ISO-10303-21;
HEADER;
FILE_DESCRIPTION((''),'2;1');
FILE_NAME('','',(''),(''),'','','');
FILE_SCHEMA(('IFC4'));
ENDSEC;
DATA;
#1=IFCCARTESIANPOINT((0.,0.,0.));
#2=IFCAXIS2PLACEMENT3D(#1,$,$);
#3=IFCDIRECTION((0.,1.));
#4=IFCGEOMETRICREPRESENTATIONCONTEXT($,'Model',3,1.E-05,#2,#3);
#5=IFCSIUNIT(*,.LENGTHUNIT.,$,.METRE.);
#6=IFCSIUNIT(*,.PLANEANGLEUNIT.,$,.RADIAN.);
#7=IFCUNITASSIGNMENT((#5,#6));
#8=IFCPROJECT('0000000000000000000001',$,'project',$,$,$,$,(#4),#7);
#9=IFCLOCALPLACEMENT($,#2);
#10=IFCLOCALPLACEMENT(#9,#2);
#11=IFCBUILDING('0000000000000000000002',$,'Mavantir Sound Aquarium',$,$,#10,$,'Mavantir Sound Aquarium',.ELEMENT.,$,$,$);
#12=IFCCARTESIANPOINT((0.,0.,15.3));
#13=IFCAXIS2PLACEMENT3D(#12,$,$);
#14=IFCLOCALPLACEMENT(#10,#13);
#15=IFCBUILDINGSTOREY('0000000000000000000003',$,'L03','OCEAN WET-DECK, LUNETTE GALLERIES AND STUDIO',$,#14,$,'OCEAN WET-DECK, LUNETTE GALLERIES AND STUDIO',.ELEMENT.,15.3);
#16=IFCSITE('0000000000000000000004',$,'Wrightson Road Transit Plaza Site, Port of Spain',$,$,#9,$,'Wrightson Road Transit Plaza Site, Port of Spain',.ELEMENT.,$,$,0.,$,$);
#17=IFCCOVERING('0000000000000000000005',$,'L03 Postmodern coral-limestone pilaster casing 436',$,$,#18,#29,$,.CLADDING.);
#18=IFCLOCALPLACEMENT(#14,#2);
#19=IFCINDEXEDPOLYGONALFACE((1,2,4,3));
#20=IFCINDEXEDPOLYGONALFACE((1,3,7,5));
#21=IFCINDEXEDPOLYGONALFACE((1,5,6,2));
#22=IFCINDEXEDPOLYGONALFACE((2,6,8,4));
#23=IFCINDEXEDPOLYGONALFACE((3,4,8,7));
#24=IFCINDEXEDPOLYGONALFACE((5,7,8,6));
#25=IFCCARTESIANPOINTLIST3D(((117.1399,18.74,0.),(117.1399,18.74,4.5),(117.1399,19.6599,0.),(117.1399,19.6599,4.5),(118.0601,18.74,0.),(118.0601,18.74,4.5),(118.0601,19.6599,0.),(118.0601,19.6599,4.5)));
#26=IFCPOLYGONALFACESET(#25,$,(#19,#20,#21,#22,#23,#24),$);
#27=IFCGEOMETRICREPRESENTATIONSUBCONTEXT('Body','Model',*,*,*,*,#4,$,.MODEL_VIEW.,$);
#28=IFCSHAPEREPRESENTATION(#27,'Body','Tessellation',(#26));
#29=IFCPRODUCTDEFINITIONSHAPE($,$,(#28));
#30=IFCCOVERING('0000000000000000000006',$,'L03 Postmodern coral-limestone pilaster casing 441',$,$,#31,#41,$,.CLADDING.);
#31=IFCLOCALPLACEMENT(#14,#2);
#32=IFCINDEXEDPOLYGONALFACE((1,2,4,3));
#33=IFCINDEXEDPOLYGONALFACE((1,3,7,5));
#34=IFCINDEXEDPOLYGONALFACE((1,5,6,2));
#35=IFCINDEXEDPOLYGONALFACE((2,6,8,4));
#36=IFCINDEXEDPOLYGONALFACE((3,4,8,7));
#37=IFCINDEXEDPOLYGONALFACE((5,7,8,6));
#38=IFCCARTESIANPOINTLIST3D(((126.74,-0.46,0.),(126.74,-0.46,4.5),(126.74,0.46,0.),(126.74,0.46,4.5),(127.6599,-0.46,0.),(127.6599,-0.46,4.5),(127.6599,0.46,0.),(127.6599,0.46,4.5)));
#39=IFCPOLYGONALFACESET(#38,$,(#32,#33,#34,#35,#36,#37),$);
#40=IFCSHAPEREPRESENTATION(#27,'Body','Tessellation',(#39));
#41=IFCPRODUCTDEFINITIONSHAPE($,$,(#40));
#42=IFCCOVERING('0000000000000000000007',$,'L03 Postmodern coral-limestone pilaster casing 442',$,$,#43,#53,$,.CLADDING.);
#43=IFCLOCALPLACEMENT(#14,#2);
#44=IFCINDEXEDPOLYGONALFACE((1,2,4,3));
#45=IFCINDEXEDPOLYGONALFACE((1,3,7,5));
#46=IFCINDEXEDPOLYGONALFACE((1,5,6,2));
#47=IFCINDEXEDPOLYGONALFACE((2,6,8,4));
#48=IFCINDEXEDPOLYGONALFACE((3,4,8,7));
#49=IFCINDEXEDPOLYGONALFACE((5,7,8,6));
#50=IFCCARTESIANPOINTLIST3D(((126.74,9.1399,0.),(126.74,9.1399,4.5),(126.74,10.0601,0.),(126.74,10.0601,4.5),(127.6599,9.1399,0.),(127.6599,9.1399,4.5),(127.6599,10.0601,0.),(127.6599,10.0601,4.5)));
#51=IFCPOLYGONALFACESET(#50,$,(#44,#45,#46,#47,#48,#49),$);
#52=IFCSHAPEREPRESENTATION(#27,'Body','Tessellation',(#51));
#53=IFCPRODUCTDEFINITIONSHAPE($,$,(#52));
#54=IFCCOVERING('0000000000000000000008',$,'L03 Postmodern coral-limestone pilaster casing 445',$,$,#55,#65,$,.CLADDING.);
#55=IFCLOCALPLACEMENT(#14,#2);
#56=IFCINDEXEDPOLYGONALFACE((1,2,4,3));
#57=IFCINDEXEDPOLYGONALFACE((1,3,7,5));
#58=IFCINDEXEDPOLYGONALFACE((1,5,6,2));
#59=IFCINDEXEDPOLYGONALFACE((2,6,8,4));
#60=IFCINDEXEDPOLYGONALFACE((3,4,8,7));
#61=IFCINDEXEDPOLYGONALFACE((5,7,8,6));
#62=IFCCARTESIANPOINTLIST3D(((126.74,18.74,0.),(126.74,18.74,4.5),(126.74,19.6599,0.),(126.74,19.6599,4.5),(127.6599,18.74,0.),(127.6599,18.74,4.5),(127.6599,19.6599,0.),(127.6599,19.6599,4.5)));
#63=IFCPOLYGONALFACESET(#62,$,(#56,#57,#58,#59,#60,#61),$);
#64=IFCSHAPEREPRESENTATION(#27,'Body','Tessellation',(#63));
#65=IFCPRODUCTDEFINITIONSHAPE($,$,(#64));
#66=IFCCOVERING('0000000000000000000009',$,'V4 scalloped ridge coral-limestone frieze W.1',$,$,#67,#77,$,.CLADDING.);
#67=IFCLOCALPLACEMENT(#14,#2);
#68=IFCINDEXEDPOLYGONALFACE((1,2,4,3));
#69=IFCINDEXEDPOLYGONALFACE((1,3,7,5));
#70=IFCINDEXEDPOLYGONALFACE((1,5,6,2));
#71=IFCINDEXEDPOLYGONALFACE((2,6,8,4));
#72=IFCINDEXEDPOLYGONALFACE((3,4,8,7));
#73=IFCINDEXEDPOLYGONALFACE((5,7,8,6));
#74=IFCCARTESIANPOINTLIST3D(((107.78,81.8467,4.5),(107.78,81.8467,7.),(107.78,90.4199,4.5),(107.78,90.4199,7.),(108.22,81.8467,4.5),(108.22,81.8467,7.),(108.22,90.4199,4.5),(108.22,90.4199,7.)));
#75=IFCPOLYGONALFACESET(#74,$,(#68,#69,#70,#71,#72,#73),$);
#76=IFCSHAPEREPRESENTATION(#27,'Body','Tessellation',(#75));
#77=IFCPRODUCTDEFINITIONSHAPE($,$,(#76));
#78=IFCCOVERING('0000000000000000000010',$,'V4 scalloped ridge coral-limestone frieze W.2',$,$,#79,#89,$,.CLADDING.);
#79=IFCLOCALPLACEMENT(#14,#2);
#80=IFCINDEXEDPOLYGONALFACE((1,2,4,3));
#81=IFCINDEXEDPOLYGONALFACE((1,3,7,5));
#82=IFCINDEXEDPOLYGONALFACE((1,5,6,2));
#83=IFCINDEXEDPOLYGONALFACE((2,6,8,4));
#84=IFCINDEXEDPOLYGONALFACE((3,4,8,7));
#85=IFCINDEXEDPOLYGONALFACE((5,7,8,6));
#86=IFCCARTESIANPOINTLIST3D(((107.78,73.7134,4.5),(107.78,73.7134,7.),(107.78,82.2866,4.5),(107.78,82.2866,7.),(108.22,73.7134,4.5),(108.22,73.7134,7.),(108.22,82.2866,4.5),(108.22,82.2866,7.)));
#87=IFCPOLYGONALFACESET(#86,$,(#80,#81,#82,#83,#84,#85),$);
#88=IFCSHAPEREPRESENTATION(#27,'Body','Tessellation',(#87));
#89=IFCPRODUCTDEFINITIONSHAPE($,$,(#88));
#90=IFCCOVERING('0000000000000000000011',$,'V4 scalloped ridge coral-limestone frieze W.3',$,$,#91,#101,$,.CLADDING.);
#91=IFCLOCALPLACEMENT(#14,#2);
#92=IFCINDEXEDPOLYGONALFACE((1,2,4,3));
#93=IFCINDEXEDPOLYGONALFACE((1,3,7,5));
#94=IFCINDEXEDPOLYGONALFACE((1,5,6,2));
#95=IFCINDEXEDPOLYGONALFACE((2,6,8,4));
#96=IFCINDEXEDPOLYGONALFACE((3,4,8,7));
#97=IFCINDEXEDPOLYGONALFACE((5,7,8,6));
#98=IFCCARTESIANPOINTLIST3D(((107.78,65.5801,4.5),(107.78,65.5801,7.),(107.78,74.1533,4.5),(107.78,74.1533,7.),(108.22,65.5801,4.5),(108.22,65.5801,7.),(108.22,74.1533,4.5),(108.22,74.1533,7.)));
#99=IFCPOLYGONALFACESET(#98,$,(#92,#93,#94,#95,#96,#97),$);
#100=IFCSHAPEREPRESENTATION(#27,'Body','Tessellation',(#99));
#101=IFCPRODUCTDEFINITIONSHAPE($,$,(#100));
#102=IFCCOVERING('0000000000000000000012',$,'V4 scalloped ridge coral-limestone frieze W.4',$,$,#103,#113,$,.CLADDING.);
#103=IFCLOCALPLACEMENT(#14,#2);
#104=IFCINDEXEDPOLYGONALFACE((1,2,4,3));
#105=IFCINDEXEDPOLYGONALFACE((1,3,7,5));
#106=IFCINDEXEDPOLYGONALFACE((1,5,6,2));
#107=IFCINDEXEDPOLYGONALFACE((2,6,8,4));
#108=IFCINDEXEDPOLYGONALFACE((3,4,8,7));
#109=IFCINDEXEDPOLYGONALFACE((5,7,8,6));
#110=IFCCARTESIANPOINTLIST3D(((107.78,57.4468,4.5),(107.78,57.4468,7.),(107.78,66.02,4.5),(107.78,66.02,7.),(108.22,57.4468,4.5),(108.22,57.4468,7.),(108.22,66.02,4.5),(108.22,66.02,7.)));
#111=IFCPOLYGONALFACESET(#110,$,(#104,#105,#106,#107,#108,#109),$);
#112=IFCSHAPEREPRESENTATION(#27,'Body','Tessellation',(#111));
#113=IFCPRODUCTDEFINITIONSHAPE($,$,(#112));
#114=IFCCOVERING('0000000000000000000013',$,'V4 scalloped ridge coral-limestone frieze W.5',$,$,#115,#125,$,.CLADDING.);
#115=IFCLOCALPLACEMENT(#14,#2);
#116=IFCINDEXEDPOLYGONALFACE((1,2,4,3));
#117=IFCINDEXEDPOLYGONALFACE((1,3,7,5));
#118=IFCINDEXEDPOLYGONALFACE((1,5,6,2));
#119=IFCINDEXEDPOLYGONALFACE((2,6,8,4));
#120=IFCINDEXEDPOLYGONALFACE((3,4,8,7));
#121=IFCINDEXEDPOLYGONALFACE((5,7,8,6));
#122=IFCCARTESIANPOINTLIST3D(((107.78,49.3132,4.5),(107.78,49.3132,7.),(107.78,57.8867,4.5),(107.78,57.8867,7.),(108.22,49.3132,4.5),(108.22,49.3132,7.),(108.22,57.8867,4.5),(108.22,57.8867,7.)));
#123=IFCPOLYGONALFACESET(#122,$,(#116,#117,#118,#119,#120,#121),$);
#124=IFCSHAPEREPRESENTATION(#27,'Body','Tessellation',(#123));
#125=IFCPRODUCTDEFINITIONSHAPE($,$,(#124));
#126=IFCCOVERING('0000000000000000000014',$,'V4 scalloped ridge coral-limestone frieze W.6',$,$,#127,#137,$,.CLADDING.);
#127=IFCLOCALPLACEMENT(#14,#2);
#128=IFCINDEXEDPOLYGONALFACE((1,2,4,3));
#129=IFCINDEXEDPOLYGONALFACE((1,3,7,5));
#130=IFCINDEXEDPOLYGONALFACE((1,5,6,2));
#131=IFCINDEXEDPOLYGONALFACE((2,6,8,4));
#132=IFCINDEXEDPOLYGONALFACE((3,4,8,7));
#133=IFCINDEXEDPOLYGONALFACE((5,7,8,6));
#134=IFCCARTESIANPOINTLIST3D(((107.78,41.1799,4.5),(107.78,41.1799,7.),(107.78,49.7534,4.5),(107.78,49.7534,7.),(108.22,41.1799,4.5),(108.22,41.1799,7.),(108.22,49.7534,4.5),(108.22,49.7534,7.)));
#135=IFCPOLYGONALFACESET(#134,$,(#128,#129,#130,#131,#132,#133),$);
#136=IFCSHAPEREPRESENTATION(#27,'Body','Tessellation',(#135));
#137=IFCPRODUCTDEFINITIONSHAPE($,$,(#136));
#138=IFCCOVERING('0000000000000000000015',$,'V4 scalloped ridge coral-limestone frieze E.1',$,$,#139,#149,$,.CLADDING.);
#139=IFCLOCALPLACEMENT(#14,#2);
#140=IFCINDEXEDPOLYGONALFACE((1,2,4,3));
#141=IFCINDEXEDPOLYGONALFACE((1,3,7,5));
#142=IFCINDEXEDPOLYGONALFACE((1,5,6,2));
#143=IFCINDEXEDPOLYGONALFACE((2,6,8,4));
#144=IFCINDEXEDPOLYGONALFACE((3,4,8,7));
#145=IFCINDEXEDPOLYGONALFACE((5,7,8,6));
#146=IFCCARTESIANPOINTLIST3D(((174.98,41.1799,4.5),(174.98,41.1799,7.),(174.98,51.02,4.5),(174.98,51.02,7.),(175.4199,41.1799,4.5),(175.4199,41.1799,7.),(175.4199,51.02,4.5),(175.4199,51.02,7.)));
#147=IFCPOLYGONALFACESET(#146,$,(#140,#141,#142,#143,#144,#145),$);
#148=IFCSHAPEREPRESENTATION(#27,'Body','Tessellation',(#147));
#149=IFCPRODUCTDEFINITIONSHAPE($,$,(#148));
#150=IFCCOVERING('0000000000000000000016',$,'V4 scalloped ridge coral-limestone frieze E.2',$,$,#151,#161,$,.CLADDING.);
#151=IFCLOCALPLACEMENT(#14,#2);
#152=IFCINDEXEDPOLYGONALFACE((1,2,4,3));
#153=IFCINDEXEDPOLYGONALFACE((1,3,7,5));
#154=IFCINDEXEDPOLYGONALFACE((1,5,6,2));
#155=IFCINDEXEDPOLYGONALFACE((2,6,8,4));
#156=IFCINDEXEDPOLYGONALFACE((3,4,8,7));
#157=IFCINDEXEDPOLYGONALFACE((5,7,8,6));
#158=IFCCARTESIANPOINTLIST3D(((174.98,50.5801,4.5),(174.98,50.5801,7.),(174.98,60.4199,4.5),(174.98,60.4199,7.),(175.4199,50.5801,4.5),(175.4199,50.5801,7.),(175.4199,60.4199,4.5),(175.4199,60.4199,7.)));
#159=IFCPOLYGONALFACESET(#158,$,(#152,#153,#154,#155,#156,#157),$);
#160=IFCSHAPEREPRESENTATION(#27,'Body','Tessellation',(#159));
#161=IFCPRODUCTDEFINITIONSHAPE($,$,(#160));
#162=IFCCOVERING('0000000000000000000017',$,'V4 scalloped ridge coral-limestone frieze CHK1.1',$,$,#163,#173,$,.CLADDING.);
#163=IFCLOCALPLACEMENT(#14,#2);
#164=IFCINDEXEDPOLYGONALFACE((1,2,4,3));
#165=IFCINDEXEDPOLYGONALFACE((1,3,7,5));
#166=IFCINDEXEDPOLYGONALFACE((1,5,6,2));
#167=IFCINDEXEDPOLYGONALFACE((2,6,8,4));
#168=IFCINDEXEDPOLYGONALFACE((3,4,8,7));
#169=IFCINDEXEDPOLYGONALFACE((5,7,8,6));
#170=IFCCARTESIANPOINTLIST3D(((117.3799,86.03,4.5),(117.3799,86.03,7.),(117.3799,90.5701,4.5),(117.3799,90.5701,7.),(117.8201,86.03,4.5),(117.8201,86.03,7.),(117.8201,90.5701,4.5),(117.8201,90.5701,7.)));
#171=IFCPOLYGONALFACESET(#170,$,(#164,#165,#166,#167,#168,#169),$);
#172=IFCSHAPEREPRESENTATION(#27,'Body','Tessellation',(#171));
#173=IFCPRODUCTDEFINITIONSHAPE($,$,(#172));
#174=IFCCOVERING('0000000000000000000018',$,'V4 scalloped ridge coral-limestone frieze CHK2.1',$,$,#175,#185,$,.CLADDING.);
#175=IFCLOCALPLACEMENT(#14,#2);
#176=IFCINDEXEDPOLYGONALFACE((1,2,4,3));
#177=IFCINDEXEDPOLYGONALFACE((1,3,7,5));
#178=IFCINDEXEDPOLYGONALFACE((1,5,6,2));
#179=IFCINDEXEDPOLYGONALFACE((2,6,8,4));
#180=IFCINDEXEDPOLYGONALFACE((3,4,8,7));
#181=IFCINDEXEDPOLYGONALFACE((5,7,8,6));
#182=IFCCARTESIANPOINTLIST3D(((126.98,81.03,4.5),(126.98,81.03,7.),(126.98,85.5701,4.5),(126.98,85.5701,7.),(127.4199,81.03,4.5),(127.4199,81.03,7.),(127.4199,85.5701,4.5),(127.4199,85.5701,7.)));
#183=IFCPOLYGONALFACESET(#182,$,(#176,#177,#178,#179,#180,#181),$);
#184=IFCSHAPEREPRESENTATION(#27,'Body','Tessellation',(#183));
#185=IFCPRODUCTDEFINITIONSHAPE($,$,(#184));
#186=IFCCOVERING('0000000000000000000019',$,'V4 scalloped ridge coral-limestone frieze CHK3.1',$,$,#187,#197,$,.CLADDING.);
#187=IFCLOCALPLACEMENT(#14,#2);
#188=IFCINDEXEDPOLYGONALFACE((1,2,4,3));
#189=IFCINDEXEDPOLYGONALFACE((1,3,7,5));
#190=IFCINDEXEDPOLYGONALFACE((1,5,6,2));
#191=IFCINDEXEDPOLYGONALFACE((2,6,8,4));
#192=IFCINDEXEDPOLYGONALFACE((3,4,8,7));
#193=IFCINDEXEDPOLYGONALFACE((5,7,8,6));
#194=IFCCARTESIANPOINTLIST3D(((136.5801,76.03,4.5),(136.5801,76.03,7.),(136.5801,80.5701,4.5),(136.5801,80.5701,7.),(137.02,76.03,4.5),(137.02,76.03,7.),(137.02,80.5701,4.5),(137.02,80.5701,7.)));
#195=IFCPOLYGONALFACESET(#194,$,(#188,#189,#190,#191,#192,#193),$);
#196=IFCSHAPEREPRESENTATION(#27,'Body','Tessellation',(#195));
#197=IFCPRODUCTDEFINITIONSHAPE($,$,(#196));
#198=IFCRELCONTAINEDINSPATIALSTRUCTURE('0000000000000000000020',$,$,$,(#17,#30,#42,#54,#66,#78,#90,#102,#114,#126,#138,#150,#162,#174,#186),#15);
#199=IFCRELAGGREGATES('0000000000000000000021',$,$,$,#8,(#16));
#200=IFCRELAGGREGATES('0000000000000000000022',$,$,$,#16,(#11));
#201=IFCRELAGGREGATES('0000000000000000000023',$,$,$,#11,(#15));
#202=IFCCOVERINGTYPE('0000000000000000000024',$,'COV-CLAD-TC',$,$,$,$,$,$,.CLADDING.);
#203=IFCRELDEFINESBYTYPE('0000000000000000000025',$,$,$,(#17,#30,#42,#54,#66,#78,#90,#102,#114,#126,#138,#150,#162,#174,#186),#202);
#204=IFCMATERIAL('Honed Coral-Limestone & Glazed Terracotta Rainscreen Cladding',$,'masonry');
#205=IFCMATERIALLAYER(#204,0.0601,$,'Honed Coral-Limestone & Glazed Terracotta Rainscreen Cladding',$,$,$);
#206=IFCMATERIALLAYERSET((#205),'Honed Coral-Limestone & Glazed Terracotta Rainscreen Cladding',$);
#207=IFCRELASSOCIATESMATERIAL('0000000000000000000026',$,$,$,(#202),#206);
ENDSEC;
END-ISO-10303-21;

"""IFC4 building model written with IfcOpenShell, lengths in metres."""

from ifc_helpers import new_model, si_unit, direction, frame, origin, place, context, subcontext, project, spatial, polyline, outline, extrude, material, layer, layer_set, type_object, element, save


model = new_model("IFC4")

# Units and contexts
model_context = context("Model", 3, precision=1e-05, world=origin(), true_north=direction((0.0, 1.0)))
body_context = subcontext(model_context, "Body", "Model", "MODEL_VIEW")
ifc_project = project(units=[si_unit("LENGTHUNIT", "METRE"), si_unit("PLANEANGLEUNIT", "RADIAN")], contexts=[model_context])

# Site, building, storey
site_placement = place(None, origin())
site = spatial("IfcSite", under=ifc_project, at=site_placement, Name="Wrightson Road Transit Plaza Site, Port of Spain", LongName="Wrightson Road Transit Plaza Site, Port of Spain", CompositionType="ELEMENT", RefElevation=0.0)
building_placement = place(site_placement, origin())
building = spatial("IfcBuilding", under=site, at=building_placement, Name="Mavantir Sound Aquarium", LongName="Mavantir Sound Aquarium", CompositionType="ELEMENT")
storey_placement = place(building_placement, frame((0.0, 0.0, 15.3)))
storey = spatial("IfcBuildingStorey", under=building, at=storey_placement, Name="L03", Description="OCEAN WET-DECK, LUNETTE GALLERIES AND STUDIO", LongName="OCEAN WET-DECK, LUNETTE GALLERIES AND STUDIO", CompositionType="ELEMENT", Elevation=15.3)

# Coverings
ifc_material = material(Name="Honed Coral-Limestone & Glazed Terracotta Rainscreen Cladding", Category="masonry")
ifc_layer = layer(ifc_material, 0.0601, Name="Honed Coral-Limestone & Glazed Terracotta Rainscreen Cladding")
ifc_layer_set = layer_set([ifc_layer], Name="Honed Coral-Limestone & Glazed Terracotta Rainscreen Cladding")
covering_type = type_object("IfcCoveringType", Name="COV-CLAD-TC", PredefinedType="CLADDING", material=ifc_layer_set)
covering_1_placement = place(storey_placement, origin())
element("IfcCovering", 1, at=covering_1_placement, inside=storey, type_object=covering_type, Name="L03 Postmodern coral-limestone pilaster casing 436", PredefinedType="CLADDING", context=body_context, shape_type="SweptSolid", body=[
    extrude(outline(polyline([(117.1399, 18.74), (118.0601, 18.74), (118.0601, 19.6599), (117.1399, 19.6599), (117.1399, 18.74)])), origin(), (0.0, 0.0, 1.0), 4.5),
])
covering_2_placement = place(storey_placement, origin())
element("IfcCovering", 2, at=covering_2_placement, inside=storey, type_object=covering_type, Name="L03 Postmodern coral-limestone pilaster casing 441", PredefinedType="CLADDING", context=body_context, shape_type="SweptSolid", body=[
    extrude(outline(polyline([(126.74, -0.46), (127.6599, -0.46), (127.6599, 0.46), (126.74, 0.46), (126.74, -0.46)])), origin(), (0.0, 0.0, 1.0), 4.5),
])
covering_3_placement = place(storey_placement, origin())
element("IfcCovering", 3, at=covering_3_placement, inside=storey, type_object=covering_type, Name="L03 Postmodern coral-limestone pilaster casing 442", PredefinedType="CLADDING", context=body_context, shape_type="SweptSolid", body=[
    extrude(outline(polyline([(126.74, 9.1399), (127.6599, 9.1399), (127.6599, 10.0601), (126.74, 10.0601), (126.74, 9.1399)])), origin(), (0.0, 0.0, 1.0), 4.5),
])
covering_4_placement = place(storey_placement, origin())
element("IfcCovering", 4, at=covering_4_placement, inside=storey, type_object=covering_type, Name="L03 Postmodern coral-limestone pilaster casing 445", PredefinedType="CLADDING", context=body_context, shape_type="SweptSolid", body=[
    extrude(outline(polyline([(126.74, 18.74), (127.6599, 18.74), (127.6599, 19.6599), (126.74, 19.6599), (126.74, 18.74)])), origin(), (0.0, 0.0, 1.0), 4.5),
])
covering_5_placement = place(storey_placement, frame((0.0, 0.0, 4.5)))
element("IfcCovering", 5, at=covering_5_placement, inside=storey, type_object=covering_type, Name="V4 scalloped ridge coral-limestone frieze W.1", PredefinedType="CLADDING", context=body_context, shape_type="SweptSolid", body=[
    extrude(outline(polyline([(107.78, 81.8467), (108.22, 81.8467), (108.22, 90.4199), (107.78, 90.4199), (107.78, 81.8467)])), origin(), (0.0, 0.0, 1.0), 2.5),
])
covering_6_placement = place(storey_placement, frame((0.0, 0.0, 4.5)))
element("IfcCovering", 6, at=covering_6_placement, inside=storey, type_object=covering_type, Name="V4 scalloped ridge coral-limestone frieze W.2", PredefinedType="CLADDING", context=body_context, shape_type="SweptSolid", body=[
    extrude(outline(polyline([(107.78, 73.7134), (108.22, 73.7134), (108.22, 82.2866), (107.78, 82.2866), (107.78, 73.7134)])), origin(), (0.0, 0.0, 1.0), 2.5),
])
covering_7_placement = place(storey_placement, frame((0.0, 0.0, 4.5)))
element("IfcCovering", 7, at=covering_7_placement, inside=storey, type_object=covering_type, Name="V4 scalloped ridge coral-limestone frieze W.3", PredefinedType="CLADDING", context=body_context, shape_type="SweptSolid", body=[
    extrude(outline(polyline([(107.78, 65.5801), (108.22, 65.5801), (108.22, 74.1533), (107.78, 74.1533), (107.78, 65.5801)])), origin(), (0.0, 0.0, 1.0), 2.5),
])
covering_8_placement = place(storey_placement, frame((0.0, 0.0, 4.5)))
element("IfcCovering", 8, at=covering_8_placement, inside=storey, type_object=covering_type, Name="V4 scalloped ridge coral-limestone frieze W.4", PredefinedType="CLADDING", context=body_context, shape_type="SweptSolid", body=[
    extrude(outline(polyline([(107.78, 57.4468), (108.22, 57.4468), (108.22, 66.02), (107.78, 66.02), (107.78, 57.4468)])), origin(), (0.0, 0.0, 1.0), 2.5),
])
covering_9_placement = place(storey_placement, frame((0.0, 0.0, 4.5)))
element("IfcCovering", 9, at=covering_9_placement, inside=storey, type_object=covering_type, Name="V4 scalloped ridge coral-limestone frieze W.5", PredefinedType="CLADDING", context=body_context, shape_type="SweptSolid", body=[
    extrude(outline(polyline([(107.78, 49.3132), (108.22, 49.3132), (108.22, 57.8867), (107.78, 57.8867), (107.78, 49.3132)])), origin(), (0.0, 0.0, 1.0), 2.5),
])
covering_10_placement = place(storey_placement, frame((0.0, 0.0, 4.5)))
element("IfcCovering", 10, at=covering_10_placement, inside=storey, type_object=covering_type, Name="V4 scalloped ridge coral-limestone frieze W.6", PredefinedType="CLADDING", context=body_context, shape_type="SweptSolid", body=[
    extrude(outline(polyline([(107.78, 41.1799), (108.22, 41.1799), (108.22, 49.7534), (107.78, 49.7534), (107.78, 41.1799)])), origin(), (0.0, 0.0, 1.0), 2.5),
])
covering_11_placement = place(storey_placement, frame((0.0, 0.0, 4.5)))
element("IfcCovering", 11, at=covering_11_placement, inside=storey, type_object=covering_type, Name="V4 scalloped ridge coral-limestone frieze E.1", PredefinedType="CLADDING", context=body_context, shape_type="SweptSolid", body=[
    extrude(outline(polyline([(174.98, 41.1799), (175.4199, 41.1799), (175.4199, 51.02), (174.98, 51.02), (174.98, 41.1799)])), origin(), (0.0, 0.0, 1.0), 2.5),
])
covering_12_placement = place(storey_placement, frame((0.0, 0.0, 4.5)))
element("IfcCovering", 12, at=covering_12_placement, inside=storey, type_object=covering_type, Name="V4 scalloped ridge coral-limestone frieze E.2", PredefinedType="CLADDING", context=body_context, shape_type="SweptSolid", body=[
    extrude(outline(polyline([(174.98, 50.5801), (175.4199, 50.5801), (175.4199, 60.4199), (174.98, 60.4199), (174.98, 50.5801)])), origin(), (0.0, 0.0, 1.0), 2.5),
])
covering_13_placement = place(storey_placement, frame((0.0, 0.0, 4.5)))
element("IfcCovering", 13, at=covering_13_placement, inside=storey, type_object=covering_type, Name="V4 scalloped ridge coral-limestone frieze CHK1.1", PredefinedType="CLADDING", context=body_context, shape_type="SweptSolid", body=[
    extrude(outline(polyline([(117.3799, 86.03), (117.8201, 86.03), (117.8201, 90.5701), (117.3799, 90.5701), (117.3799, 86.03)])), origin(), (0.0, 0.0, 1.0), 2.5),
])
covering_14_placement = place(storey_placement, frame((0.0, 0.0, 4.5)))
element("IfcCovering", 14, at=covering_14_placement, inside=storey, type_object=covering_type, Name="V4 scalloped ridge coral-limestone frieze CHK2.1", PredefinedType="CLADDING", context=body_context, shape_type="SweptSolid", body=[
    extrude(outline(polyline([(126.98, 81.03), (127.4199, 81.03), (127.4199, 85.5701), (126.98, 85.5701), (126.98, 81.03)])), origin(), (0.0, 0.0, 1.0), 2.5),
])
covering_15_placement = place(storey_placement, frame((0.0, 0.0, 4.5)))
element("IfcCovering", 15, at=covering_15_placement, inside=storey, type_object=covering_type, Name="V4 scalloped ridge coral-limestone frieze CHK3.1", PredefinedType="CLADDING", context=body_context, shape_type="SweptSolid", body=[
    extrude(outline(polyline([(136.5801, 76.03), (137.02, 76.03), (137.02, 80.5701), (136.5801, 80.5701), (136.5801, 76.03)])), origin(), (0.0, 0.0, 1.0), 2.5),
])

save(model, "model.ifc")
